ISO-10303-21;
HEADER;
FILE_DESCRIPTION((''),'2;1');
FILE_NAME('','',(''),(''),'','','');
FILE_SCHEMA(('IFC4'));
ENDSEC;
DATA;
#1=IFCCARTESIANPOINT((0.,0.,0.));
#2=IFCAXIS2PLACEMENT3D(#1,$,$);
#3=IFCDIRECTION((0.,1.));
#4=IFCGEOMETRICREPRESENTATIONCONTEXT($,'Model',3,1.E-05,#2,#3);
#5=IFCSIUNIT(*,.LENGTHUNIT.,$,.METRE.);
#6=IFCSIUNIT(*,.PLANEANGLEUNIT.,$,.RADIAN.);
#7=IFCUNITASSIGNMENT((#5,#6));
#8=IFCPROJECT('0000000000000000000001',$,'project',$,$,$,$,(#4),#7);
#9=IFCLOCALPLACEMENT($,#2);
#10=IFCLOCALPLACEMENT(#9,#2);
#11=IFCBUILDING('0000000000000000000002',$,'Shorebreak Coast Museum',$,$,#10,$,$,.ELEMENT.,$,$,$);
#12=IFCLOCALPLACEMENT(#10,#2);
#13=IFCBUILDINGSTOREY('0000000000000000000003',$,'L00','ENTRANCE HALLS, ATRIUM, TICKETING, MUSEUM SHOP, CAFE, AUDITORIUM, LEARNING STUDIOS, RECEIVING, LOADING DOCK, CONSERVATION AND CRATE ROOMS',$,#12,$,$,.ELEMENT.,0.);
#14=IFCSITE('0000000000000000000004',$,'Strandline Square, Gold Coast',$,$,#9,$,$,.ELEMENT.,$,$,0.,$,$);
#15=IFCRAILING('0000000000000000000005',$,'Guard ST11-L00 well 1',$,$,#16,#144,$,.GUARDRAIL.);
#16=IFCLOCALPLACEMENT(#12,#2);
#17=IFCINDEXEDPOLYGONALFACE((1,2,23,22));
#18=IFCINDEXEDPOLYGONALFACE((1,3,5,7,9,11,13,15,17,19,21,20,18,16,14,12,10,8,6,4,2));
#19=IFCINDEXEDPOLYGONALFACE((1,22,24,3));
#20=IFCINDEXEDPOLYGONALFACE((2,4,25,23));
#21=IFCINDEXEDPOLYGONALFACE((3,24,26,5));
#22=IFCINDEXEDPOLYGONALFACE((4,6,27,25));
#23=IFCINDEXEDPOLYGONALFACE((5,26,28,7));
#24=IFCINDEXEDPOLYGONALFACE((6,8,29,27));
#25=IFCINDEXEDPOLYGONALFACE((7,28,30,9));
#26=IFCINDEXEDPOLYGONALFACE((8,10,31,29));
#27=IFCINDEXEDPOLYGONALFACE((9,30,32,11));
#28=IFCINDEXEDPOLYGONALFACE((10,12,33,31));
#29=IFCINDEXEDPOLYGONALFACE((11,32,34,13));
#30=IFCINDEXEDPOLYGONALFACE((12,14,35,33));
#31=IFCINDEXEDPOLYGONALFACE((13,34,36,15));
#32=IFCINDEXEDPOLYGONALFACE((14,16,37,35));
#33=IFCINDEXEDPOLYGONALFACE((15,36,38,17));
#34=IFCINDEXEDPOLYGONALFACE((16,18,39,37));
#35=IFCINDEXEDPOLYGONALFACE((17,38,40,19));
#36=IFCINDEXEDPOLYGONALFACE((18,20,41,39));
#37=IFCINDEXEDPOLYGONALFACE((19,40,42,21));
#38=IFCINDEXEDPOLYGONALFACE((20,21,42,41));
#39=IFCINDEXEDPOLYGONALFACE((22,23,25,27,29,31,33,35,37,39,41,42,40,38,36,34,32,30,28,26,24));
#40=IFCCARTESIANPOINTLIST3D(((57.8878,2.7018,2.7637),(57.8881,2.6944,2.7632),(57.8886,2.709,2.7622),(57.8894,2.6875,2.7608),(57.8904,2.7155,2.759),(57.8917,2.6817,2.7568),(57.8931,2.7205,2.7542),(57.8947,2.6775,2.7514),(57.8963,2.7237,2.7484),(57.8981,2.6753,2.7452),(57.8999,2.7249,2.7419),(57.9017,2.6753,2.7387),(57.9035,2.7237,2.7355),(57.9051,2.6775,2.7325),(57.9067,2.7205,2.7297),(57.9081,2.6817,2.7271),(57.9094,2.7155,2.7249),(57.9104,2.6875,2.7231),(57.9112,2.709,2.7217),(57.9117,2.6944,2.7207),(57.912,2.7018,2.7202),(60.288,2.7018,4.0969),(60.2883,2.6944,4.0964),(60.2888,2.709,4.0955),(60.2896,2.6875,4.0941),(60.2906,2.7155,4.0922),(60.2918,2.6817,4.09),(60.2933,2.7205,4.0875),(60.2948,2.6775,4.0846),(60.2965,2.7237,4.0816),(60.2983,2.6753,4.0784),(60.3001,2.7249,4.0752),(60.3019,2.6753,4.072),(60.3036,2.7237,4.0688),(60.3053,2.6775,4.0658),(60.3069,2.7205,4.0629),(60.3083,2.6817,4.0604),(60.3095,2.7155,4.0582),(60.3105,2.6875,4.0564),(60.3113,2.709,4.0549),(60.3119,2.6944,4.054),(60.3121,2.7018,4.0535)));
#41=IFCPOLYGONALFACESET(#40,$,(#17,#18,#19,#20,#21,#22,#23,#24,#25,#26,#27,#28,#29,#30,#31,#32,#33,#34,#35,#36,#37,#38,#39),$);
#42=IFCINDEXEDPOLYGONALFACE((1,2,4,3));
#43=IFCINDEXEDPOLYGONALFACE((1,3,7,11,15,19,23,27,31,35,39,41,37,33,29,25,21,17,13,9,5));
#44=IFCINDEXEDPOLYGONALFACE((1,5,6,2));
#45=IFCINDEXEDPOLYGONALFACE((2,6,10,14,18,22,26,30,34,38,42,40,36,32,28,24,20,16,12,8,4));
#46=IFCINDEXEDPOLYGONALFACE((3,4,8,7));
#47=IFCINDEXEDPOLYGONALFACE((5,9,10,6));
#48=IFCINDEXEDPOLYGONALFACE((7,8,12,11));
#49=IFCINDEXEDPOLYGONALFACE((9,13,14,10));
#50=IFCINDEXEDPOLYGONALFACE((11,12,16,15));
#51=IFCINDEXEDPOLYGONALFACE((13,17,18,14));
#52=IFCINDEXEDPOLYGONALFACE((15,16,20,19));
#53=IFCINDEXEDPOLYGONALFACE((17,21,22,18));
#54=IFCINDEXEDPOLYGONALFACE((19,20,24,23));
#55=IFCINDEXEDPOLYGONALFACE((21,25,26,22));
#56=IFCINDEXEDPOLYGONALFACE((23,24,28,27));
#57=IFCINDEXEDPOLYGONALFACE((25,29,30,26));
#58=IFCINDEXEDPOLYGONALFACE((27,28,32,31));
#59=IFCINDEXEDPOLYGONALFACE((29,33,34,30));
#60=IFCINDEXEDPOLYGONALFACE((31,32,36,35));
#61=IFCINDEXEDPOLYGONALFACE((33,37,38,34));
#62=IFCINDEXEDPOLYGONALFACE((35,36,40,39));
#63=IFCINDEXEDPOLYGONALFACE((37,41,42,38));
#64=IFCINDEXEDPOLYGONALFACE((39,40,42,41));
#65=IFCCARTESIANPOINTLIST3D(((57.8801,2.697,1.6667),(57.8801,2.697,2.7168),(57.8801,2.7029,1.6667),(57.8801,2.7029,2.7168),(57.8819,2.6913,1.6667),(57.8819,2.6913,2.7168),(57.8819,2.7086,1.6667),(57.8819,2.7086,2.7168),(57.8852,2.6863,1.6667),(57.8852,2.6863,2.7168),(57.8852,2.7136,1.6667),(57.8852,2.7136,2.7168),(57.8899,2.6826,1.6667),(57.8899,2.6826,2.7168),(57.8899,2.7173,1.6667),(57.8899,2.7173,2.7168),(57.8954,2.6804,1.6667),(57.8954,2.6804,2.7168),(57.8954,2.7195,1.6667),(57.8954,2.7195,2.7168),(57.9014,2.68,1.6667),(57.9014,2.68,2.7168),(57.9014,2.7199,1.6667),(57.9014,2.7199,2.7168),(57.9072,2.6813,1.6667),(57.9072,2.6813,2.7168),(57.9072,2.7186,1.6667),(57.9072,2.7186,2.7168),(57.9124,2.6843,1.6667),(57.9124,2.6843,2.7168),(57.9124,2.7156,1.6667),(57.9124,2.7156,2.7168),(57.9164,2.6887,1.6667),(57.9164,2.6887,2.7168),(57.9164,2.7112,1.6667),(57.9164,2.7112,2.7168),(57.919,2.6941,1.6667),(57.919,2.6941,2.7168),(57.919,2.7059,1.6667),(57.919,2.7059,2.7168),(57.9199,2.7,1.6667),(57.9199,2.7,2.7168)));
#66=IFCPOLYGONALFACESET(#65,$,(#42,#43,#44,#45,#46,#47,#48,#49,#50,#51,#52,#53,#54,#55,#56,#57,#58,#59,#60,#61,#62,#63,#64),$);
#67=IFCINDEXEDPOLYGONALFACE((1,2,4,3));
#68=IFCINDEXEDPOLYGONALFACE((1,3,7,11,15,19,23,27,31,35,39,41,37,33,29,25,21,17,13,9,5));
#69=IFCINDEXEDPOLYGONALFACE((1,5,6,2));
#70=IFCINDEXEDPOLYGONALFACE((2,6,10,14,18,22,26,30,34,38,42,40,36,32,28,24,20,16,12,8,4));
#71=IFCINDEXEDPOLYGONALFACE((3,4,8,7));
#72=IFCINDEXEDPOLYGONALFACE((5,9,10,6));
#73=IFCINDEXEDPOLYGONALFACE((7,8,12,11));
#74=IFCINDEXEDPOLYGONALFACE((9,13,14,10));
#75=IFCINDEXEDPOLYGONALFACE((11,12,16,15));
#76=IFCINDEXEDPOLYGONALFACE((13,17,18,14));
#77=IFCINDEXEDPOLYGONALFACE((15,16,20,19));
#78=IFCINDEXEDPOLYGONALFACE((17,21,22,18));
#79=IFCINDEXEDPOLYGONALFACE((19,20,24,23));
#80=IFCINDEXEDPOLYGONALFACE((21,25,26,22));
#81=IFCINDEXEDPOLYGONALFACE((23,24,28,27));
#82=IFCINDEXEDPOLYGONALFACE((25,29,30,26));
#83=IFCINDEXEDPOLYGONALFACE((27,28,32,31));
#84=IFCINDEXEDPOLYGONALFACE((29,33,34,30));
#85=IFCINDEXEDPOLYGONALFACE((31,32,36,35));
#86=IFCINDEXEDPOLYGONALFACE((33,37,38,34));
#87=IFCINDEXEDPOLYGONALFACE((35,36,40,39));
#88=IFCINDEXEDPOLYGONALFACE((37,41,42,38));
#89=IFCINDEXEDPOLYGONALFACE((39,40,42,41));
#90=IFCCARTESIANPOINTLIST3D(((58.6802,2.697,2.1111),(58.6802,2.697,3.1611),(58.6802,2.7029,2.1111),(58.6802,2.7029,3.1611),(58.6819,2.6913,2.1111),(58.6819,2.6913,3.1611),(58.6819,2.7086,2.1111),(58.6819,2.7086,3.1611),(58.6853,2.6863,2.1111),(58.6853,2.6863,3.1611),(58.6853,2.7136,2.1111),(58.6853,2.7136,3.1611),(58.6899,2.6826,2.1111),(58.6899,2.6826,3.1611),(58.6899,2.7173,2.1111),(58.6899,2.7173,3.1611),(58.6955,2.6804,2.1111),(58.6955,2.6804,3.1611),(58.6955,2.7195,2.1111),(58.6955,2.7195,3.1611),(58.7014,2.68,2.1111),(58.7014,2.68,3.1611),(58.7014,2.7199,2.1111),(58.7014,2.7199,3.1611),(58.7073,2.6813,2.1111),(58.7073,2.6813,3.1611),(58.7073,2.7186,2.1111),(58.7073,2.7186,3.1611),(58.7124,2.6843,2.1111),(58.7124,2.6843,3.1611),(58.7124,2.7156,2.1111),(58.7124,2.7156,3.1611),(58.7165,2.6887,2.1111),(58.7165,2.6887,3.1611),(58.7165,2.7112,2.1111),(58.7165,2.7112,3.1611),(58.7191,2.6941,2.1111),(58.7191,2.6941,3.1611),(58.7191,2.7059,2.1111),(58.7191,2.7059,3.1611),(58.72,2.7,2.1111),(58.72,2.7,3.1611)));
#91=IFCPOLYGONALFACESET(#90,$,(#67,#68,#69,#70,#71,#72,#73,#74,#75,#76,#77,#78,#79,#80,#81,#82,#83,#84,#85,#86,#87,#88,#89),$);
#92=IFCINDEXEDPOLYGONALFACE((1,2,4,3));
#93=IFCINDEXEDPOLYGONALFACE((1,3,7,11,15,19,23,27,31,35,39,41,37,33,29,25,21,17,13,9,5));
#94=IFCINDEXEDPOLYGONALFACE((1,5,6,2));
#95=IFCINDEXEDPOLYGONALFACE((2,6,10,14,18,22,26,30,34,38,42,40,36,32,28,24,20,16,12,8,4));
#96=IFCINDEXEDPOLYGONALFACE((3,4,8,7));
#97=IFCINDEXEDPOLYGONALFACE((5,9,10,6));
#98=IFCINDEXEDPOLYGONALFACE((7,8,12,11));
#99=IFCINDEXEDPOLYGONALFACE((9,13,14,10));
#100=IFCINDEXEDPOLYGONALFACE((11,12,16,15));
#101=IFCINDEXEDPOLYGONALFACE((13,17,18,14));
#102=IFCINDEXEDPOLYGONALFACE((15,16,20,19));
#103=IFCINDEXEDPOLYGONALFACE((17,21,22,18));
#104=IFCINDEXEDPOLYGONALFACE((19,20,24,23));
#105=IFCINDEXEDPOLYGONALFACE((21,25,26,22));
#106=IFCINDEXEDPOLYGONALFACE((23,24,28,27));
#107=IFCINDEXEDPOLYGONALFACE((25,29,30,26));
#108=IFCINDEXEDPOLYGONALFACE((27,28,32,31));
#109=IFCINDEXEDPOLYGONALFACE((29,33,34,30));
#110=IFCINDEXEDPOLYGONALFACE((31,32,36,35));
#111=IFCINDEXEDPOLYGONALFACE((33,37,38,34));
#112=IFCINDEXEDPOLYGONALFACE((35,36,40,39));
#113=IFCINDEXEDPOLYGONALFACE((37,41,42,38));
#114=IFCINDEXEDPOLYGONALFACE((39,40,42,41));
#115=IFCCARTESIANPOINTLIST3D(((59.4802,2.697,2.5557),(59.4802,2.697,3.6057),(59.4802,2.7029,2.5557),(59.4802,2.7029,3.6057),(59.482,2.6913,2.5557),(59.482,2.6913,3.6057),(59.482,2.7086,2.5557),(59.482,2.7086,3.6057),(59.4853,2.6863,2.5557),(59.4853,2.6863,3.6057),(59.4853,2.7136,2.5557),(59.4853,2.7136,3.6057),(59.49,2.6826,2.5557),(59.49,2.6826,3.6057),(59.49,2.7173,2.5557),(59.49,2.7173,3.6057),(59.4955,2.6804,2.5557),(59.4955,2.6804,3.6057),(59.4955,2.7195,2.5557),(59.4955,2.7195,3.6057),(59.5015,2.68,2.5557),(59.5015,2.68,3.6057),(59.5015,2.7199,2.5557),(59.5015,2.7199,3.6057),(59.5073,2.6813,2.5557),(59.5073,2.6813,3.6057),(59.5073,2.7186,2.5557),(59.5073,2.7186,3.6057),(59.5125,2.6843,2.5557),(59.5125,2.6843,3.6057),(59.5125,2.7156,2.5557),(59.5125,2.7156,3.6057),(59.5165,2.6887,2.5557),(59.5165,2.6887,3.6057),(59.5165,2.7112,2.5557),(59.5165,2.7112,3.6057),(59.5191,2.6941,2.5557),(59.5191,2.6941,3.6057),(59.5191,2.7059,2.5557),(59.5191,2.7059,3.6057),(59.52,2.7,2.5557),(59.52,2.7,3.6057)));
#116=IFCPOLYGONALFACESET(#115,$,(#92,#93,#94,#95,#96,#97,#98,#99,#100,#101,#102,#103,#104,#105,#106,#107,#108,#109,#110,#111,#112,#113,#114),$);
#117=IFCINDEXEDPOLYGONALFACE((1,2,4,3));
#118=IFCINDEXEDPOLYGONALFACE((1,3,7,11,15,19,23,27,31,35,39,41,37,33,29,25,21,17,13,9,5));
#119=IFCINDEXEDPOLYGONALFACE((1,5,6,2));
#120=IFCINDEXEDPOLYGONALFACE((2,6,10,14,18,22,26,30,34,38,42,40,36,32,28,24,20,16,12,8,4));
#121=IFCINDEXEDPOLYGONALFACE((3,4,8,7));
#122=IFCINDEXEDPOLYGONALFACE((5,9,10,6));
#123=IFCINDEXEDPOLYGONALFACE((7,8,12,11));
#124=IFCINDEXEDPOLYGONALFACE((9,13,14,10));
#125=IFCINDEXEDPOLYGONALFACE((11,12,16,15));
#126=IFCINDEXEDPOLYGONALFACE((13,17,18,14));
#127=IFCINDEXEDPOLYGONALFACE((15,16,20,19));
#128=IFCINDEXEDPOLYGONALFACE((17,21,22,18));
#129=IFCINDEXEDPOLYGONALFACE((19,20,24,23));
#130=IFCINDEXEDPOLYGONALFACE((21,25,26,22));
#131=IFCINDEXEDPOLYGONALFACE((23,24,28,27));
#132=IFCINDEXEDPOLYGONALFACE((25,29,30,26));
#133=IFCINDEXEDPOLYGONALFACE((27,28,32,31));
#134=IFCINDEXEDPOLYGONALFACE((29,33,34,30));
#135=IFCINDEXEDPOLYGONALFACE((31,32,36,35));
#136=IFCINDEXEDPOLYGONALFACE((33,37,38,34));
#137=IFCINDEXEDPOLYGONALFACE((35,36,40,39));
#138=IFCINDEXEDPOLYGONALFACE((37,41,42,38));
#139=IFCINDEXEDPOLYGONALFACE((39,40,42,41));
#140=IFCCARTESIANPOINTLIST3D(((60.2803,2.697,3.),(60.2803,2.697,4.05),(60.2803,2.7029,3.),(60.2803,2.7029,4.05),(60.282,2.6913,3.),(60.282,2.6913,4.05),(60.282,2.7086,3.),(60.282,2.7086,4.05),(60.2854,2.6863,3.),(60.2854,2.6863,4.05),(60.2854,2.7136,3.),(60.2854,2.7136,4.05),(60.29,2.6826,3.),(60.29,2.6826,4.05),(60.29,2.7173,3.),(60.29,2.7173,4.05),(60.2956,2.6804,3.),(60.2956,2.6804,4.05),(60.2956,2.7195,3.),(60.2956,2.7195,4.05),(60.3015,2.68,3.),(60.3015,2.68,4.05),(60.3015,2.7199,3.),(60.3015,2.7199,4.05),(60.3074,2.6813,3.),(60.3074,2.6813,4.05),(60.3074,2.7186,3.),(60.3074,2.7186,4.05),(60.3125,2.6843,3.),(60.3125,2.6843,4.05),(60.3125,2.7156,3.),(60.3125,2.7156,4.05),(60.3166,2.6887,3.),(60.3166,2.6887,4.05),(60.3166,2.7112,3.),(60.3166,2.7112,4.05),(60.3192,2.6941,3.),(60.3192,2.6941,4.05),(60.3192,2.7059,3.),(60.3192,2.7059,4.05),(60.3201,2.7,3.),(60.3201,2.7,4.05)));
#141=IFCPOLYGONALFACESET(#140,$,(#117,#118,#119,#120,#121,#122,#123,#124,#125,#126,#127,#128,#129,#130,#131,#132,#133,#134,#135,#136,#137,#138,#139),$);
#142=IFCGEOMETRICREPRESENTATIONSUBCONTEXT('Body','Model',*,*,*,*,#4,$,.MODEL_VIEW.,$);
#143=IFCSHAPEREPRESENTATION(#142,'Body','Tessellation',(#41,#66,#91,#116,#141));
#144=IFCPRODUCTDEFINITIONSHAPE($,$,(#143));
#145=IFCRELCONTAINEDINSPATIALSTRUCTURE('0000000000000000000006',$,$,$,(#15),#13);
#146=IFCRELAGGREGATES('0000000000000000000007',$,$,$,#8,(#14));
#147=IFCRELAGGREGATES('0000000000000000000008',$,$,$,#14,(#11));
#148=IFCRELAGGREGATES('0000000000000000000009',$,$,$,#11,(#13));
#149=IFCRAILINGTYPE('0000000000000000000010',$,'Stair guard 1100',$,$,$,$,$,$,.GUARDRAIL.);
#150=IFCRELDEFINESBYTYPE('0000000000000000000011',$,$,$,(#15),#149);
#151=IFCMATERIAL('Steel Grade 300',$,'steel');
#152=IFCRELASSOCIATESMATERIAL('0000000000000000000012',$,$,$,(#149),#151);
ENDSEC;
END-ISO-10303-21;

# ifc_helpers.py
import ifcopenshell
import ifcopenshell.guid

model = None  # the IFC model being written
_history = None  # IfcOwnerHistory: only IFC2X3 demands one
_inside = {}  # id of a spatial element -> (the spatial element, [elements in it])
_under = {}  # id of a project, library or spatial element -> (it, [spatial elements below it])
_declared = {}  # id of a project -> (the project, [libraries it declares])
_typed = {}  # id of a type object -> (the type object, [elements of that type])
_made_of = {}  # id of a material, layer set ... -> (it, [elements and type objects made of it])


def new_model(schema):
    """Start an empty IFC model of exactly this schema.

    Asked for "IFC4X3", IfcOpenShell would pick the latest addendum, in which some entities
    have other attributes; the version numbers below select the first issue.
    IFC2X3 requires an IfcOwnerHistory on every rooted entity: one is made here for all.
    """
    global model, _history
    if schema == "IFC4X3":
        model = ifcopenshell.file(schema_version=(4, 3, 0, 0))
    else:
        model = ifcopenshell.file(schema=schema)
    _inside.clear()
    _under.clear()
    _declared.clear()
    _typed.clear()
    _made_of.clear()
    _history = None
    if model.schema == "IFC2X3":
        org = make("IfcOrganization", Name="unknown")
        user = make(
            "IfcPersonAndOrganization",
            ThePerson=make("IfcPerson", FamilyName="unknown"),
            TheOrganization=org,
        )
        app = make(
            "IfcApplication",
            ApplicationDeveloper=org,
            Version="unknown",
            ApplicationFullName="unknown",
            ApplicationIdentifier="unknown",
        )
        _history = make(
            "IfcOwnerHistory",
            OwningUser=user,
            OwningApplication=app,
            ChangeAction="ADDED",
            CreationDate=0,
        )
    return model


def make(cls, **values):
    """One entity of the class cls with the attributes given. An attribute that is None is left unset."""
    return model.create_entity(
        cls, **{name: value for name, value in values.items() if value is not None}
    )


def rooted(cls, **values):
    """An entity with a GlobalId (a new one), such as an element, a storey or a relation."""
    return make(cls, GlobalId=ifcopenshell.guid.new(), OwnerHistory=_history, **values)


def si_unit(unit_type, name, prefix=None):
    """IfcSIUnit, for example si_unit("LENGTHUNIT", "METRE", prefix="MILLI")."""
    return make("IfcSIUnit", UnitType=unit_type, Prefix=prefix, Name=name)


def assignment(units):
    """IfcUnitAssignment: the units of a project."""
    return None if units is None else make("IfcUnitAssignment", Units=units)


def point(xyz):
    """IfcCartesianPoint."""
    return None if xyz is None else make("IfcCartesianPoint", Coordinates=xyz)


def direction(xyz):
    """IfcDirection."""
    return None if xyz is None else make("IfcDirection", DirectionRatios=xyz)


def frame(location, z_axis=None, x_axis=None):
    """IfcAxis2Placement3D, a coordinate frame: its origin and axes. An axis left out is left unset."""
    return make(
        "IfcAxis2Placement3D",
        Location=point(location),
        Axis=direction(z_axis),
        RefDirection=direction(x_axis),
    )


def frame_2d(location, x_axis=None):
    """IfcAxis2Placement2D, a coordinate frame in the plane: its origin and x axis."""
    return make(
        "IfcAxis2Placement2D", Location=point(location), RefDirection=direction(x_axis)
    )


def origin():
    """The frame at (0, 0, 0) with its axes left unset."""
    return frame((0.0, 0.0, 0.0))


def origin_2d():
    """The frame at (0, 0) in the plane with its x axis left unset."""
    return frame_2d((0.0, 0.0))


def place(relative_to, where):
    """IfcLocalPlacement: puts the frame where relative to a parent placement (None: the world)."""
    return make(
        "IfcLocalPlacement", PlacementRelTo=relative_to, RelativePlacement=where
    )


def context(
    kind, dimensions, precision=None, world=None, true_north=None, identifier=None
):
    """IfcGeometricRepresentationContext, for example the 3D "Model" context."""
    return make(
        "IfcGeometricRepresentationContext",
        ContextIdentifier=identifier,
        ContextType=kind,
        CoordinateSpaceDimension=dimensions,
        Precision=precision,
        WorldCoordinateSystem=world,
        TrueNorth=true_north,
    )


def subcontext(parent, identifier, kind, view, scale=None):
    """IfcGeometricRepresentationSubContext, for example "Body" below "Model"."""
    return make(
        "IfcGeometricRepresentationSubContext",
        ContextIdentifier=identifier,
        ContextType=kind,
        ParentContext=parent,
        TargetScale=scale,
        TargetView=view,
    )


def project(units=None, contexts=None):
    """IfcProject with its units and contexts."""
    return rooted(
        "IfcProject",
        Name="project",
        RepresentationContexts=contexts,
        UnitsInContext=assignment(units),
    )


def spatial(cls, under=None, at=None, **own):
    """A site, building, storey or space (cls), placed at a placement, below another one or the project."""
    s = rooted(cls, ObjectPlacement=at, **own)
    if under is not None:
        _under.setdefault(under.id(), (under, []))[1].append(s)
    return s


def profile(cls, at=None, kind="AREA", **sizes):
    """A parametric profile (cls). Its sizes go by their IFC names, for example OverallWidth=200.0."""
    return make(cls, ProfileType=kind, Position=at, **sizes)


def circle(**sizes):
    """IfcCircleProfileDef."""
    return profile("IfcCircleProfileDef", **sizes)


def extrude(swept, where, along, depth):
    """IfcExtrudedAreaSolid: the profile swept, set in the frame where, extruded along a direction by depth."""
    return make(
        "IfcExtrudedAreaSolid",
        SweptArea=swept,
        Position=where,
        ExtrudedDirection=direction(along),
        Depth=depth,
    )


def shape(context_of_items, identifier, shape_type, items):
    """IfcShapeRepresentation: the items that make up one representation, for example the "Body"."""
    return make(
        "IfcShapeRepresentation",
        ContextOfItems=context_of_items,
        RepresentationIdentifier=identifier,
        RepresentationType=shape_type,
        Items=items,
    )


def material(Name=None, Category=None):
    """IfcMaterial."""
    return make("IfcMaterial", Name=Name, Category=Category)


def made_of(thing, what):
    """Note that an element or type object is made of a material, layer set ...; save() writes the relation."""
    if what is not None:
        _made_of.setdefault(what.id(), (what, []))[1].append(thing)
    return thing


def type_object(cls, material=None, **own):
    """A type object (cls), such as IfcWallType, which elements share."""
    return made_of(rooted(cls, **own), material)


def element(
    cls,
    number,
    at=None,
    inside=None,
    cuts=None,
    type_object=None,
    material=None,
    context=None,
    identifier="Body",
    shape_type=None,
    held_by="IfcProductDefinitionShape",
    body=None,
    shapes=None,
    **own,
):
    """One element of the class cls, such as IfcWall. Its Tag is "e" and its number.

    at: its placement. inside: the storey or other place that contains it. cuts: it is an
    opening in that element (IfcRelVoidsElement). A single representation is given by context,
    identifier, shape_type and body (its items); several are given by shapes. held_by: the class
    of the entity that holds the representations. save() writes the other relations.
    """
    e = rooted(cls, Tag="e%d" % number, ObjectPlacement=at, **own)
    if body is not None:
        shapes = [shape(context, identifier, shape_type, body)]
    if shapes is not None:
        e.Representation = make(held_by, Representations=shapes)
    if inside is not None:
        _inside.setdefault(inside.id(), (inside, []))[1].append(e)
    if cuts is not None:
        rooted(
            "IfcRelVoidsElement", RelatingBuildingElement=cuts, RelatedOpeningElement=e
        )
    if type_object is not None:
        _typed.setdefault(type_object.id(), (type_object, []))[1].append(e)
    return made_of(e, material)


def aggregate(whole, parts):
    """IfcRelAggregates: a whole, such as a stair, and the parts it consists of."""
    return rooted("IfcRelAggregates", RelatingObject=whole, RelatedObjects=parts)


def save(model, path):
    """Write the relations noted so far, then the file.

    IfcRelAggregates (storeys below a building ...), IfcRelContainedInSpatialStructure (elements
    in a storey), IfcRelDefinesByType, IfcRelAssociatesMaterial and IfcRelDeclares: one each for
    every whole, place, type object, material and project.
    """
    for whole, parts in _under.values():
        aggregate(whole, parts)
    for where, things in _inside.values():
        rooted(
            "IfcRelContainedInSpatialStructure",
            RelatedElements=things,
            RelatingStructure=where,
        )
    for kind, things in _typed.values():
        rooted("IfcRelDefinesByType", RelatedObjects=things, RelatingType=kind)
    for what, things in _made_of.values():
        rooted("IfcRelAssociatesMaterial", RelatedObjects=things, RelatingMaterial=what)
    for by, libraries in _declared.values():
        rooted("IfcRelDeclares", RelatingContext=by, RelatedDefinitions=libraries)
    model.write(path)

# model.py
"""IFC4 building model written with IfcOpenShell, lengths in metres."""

from ifc_helpers import new_model, si_unit, direction, frame, origin, origin_2d, place, context, subcontext, project, spatial, circle, extrude, material, type_object, element, save


model = new_model("IFC4")

# Units and contexts
model_context = context("Model", 3, precision=1e-05, world=origin(), true_north=direction((0.0, 1.0)))
body_context = subcontext(model_context, "Body", "Model", "MODEL_VIEW")
ifc_project = project(units=[si_unit("LENGTHUNIT", "METRE"), si_unit("PLANEANGLEUNIT", "RADIAN")], contexts=[model_context])

# Site, building, storey
site_placement = place(None, origin())
site = spatial("IfcSite", under=ifc_project, at=site_placement, Name="Strandline Square, Gold Coast", CompositionType="ELEMENT", RefElevation=0.0)
building_placement = place(site_placement, origin())
building = spatial("IfcBuilding", under=site, at=building_placement, Name="Shorebreak Coast Museum", CompositionType="ELEMENT")
storey_placement = place(building_placement, origin())
storey = spatial("IfcBuildingStorey", under=building, at=storey_placement, Name="L00", Description="ENTRANCE HALLS, ATRIUM, TICKETING, MUSEUM SHOP, CAFE, AUDITORIUM, LEARNING STUDIOS, RECEIVING, LOADING DOCK, CONSERVATION AND CRATE ROOMS", CompositionType="ELEMENT", Elevation=0.0)

# Railing
ifc_material_1 = material(Name="Steel Grade 300", Category="steel")
railing_type_1 = type_object("IfcRailingType", Name="Stair guard 1100", PredefinedType="GUARDRAIL", material=ifc_material_1)
railing_1_placement = place(storey_placement, frame((57.8999, 2.7, 1.6667)))
element("IfcRailing", 1, at=railing_1_placement, inside=storey, type_object=railing_type_1, Name="Guard ST11-L00 well 1", PredefinedType="GUARDRAIL", context=body_context, shape_type="SweptSolid", body=[
    extrude(circle(Radius=0.0249, at=origin_2d()), frame((0.0, 0.0, 1.0752), z_axis=(0.874182, 0.0, 0.485598), x_axis=(0.0, 1.0, 0.0)), (0.0, 0.0, 1.0), 2.7456),
    extrude(circle(Radius=0.02, at=origin_2d()), origin(), (0.0, 0.0, 1.0), 1.05),
    extrude(circle(Radius=0.02, at=origin_2d()), frame((0.8, 0.0, 0.4443)), (0.0, 0.0, 1.0), 1.05),
    extrude(circle(Radius=0.02, at=origin_2d()), frame((1.6001, 0.0, 0.8889)), (0.0, 0.0, 1.0), 1.05),
    extrude(circle(Radius=0.02, at=origin_2d()), frame((2.4001, 0.0, 1.3333)), (0.0, 0.0, 1.0), 1.05),
])

save(model, "model.ifc")
